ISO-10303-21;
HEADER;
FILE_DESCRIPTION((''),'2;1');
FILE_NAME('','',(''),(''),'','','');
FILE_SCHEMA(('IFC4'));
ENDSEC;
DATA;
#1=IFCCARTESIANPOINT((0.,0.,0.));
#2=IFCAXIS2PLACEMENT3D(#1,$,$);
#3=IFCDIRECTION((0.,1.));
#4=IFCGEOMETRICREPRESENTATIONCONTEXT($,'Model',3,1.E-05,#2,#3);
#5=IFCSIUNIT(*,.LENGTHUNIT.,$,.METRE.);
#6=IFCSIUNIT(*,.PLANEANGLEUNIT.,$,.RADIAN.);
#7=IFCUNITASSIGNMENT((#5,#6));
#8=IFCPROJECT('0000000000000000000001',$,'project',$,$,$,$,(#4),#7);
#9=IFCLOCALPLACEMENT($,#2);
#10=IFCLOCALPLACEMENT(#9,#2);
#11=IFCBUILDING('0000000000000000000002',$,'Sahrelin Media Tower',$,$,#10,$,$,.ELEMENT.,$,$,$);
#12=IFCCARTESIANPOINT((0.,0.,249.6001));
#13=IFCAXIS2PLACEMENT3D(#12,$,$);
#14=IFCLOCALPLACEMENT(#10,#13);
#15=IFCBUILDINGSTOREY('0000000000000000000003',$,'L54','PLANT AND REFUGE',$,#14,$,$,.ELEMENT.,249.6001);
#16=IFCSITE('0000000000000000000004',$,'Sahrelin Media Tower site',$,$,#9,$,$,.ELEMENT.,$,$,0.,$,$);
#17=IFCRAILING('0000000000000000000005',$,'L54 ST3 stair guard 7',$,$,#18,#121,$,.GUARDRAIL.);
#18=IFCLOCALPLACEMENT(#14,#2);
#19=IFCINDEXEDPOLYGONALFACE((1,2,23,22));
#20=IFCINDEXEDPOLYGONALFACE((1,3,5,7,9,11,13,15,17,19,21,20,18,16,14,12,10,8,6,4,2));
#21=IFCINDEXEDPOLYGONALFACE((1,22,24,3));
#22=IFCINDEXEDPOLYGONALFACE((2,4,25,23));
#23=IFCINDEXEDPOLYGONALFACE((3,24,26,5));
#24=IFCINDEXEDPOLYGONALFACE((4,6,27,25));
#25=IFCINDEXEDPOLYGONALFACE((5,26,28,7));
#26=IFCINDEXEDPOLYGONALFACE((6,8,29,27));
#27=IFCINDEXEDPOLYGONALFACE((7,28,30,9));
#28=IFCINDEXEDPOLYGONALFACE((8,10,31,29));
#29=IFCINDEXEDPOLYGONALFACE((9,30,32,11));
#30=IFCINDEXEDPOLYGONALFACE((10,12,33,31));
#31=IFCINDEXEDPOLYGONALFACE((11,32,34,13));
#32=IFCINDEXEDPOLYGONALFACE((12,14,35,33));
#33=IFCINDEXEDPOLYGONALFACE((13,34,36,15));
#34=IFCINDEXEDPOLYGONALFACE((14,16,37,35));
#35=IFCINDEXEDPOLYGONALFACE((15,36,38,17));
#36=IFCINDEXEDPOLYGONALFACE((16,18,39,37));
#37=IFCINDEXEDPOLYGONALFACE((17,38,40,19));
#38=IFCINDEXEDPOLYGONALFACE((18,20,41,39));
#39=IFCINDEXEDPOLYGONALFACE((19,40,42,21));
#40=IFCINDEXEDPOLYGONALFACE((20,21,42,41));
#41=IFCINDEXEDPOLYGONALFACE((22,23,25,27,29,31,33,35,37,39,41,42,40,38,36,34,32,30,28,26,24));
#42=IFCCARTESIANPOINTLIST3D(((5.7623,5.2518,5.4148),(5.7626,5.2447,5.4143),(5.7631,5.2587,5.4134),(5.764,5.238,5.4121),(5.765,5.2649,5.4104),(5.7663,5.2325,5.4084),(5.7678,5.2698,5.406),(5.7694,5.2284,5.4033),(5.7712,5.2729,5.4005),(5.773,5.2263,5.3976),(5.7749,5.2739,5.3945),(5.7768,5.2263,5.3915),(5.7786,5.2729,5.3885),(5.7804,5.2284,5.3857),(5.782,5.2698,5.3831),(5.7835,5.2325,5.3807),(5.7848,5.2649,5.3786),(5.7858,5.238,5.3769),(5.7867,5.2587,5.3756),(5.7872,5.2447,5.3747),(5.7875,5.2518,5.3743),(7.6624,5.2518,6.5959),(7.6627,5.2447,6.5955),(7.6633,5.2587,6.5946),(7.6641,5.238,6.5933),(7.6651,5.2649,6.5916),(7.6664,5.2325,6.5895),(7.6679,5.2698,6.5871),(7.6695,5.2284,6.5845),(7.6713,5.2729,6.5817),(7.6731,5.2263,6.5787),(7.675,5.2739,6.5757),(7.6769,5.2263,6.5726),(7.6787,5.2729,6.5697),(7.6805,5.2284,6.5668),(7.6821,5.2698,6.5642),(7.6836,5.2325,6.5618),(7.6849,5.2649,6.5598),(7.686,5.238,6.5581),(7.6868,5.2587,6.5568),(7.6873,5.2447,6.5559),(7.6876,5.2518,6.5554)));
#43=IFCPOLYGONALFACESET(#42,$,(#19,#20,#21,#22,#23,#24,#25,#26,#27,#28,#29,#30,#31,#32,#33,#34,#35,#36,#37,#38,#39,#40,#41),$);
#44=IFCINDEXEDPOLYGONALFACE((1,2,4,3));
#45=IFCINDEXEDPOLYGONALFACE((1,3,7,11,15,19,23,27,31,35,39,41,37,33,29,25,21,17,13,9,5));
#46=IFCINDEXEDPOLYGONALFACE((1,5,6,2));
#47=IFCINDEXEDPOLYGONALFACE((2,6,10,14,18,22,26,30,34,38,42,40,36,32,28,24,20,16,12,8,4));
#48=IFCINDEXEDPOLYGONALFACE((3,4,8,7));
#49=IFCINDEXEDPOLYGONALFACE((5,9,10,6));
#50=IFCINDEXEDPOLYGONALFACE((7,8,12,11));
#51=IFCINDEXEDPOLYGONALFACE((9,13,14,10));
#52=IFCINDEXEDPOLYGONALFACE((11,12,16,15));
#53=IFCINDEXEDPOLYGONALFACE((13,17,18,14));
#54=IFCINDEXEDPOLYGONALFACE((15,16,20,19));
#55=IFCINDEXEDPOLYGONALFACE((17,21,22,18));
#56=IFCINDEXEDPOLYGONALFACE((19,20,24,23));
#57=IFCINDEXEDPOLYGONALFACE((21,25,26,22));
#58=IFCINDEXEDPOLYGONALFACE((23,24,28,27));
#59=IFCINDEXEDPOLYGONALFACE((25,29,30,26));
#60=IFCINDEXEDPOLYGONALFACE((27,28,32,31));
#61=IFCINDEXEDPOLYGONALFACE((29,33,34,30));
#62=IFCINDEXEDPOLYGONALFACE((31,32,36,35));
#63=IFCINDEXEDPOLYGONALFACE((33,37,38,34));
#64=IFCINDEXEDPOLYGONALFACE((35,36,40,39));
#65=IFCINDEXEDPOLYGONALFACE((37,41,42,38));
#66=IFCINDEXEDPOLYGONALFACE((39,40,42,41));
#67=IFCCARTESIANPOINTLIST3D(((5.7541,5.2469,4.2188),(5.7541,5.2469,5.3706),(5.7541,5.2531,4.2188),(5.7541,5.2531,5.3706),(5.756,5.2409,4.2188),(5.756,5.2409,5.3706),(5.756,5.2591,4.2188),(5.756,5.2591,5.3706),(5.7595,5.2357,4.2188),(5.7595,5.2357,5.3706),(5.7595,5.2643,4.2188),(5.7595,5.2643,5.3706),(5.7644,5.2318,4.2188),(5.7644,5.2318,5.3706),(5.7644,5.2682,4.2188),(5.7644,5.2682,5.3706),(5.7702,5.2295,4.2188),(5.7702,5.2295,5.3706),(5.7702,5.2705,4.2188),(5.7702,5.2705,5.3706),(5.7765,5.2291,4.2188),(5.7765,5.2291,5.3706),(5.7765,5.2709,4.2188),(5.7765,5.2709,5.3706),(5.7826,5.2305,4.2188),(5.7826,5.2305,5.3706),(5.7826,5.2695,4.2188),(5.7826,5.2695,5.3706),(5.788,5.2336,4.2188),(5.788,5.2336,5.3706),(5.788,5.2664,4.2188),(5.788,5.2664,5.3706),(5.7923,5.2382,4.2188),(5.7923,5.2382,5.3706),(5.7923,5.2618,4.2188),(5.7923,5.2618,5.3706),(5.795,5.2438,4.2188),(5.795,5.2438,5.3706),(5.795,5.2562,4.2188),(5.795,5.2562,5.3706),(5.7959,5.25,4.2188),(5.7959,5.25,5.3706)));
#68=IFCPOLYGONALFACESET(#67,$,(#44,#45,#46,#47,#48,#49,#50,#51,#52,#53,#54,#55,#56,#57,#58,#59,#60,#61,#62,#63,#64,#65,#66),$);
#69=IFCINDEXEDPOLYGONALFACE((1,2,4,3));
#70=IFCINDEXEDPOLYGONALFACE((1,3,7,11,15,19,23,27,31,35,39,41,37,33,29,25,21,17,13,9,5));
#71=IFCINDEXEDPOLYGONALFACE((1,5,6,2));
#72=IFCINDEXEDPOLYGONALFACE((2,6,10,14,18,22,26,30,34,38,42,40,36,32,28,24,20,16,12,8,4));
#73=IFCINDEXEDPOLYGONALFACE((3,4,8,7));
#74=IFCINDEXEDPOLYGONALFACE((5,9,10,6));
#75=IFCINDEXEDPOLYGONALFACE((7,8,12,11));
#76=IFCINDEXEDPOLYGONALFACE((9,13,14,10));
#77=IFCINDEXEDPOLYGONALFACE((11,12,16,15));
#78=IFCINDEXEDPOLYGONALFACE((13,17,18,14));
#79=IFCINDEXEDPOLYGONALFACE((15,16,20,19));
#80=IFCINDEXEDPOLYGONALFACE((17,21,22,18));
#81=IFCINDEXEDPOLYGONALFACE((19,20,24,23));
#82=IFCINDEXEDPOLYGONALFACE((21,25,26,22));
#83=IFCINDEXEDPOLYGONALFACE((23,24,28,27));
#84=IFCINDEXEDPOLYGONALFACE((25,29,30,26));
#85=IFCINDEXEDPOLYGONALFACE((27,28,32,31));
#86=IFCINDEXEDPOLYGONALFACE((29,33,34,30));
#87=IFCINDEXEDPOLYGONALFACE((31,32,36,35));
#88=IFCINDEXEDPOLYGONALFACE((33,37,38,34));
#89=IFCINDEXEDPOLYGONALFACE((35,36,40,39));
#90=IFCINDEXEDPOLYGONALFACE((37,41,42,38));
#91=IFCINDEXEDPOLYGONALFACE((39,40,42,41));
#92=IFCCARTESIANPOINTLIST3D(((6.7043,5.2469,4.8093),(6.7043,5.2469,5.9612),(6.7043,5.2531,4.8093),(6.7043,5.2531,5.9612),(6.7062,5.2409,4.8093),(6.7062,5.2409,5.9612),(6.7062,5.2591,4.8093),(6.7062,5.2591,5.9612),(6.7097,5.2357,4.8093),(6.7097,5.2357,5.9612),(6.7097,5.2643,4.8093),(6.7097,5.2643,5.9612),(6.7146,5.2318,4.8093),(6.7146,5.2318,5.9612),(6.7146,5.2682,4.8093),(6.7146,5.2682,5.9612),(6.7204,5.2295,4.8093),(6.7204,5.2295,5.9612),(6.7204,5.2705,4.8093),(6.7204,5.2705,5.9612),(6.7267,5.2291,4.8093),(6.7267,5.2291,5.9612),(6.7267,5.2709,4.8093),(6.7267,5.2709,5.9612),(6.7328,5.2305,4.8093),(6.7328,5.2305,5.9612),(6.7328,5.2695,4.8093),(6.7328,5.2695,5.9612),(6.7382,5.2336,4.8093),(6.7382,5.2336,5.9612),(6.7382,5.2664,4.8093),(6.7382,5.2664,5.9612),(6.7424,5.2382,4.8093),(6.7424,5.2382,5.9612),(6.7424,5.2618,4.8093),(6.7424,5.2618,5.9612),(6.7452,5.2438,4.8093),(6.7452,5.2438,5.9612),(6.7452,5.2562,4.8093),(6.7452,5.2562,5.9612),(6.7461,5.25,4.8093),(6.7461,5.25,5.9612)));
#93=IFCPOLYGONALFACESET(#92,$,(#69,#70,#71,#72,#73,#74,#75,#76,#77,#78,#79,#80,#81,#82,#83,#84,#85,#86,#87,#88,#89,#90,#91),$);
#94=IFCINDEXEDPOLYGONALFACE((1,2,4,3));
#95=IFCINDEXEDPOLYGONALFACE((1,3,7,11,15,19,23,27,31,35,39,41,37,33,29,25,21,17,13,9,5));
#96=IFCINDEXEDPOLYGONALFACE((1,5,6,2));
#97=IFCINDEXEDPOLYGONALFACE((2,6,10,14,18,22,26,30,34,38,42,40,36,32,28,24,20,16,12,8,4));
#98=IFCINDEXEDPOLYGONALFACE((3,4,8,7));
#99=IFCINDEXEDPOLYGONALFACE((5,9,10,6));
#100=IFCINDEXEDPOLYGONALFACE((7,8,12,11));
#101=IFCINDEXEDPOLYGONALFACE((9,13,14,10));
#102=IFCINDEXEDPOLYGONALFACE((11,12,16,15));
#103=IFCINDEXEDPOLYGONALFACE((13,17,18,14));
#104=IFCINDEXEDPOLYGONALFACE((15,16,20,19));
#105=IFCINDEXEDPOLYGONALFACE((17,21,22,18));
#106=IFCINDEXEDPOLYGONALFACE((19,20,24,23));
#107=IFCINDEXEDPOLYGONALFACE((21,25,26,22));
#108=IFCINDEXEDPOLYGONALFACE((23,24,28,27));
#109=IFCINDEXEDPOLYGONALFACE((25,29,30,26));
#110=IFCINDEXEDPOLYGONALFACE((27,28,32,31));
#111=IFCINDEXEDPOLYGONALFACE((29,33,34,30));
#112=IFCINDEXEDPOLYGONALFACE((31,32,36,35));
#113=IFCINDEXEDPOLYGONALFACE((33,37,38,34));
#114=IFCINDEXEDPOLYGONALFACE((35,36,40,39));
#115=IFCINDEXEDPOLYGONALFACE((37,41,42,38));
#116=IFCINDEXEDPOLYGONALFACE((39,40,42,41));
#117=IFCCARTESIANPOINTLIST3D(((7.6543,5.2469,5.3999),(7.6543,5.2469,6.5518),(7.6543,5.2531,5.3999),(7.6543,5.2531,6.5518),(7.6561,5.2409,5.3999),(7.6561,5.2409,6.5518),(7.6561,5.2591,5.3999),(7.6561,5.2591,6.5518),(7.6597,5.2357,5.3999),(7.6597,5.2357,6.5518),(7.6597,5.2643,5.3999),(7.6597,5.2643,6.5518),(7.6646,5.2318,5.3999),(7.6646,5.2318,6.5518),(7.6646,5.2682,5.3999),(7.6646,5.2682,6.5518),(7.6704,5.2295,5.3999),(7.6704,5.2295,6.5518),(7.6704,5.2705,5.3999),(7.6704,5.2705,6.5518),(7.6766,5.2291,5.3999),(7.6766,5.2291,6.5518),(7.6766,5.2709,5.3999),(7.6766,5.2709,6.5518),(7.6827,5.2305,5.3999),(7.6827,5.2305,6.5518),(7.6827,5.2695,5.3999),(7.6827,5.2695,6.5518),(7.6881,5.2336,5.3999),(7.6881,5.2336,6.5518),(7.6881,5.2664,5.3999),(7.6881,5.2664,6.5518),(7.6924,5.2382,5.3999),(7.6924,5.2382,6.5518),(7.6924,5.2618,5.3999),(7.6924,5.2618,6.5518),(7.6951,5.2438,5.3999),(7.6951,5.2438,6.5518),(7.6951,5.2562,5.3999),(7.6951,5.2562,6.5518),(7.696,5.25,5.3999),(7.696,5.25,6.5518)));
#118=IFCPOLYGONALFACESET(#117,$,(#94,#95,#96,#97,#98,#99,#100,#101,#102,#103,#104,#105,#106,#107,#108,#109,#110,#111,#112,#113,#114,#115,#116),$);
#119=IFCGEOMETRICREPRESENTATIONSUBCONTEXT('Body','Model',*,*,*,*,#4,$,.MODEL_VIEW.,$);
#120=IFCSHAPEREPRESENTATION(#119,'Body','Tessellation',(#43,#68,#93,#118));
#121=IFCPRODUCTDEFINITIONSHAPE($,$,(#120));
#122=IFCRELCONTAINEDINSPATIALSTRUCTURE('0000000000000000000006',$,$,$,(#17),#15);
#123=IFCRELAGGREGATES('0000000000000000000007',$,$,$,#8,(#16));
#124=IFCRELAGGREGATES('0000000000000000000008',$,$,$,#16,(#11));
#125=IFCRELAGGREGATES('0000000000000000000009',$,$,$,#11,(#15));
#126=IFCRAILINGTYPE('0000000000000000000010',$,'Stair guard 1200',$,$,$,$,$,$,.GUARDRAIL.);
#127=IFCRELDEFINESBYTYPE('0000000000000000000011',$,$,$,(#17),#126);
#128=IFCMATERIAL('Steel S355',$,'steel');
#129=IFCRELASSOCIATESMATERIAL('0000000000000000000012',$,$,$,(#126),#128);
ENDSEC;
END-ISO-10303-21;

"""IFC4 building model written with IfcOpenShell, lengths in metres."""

from ifc_helpers import new_model, si_unit, direction, frame, origin, origin_2d, place, context, subcontext, project, spatial, circle, extrude, material, type_object, element, save


model = new_model("IFC4")

# Units and contexts
model_context = context("Model", 3, precision=1e-05, world=origin(), true_north=direction((0.0, 1.0)))
body_context = subcontext(model_context, "Body", "Model", "MODEL_VIEW")
ifc_project = project(units=[si_unit("LENGTHUNIT", "METRE"), si_unit("PLANEANGLEUNIT", "RADIAN")], contexts=[model_context])

# Site, building, storey
site_placement = place(None, origin())
site = spatial("IfcSite", under=ifc_project, at=site_placement, Name="Sahrelin Media Tower site", CompositionType="ELEMENT", RefElevation=0.0)
building_placement = place(site_placement, origin())
building = spatial("IfcBuilding", under=site, at=building_placement, Name="Sahrelin Media Tower", CompositionType="ELEMENT")
storey_placement = place(building_placement, frame((0.0, 0.0, 249.6001)))
storey = spatial("IfcBuildingStorey", under=building, at=storey_placement, Name="L54", Description="PLANT AND REFUGE", CompositionType="ELEMENT", Elevation=249.6001)

# Shared definitions
ifc_material_1 = material(Name="Steel S355", Category="steel")

# Railing
railing_type_1 = type_object("IfcRailingType", Name="Stair guard 1200", PredefinedType="GUARDRAIL", material=ifc_material_1)
railing_1_placement = place(storey_placement, frame((5.7749, 5.25, 4.2188)))
element("IfcRailing", 1, at=railing_1_placement, inside=storey, type_object=railing_type_1, Name="L54 ST3 stair guard 7", PredefinedType="GUARDRAIL", context=body_context, shape_type="SweptSolid", body=[
    extrude(circle(Radius=0.0239, at=origin_2d()), frame((0.0, 0.0, 1.1758), z_axis=(0.849289, 0.0, 0.527928), x_axis=(0.0, 1.0, 0.0)), (0.0, 0.0, 1.0), 2.2373),
    extrude(circle(Radius=0.021, at=origin_2d()), origin(), (0.0, 0.0, 1.0), 1.1519),
    extrude(circle(Radius=0.021, at=origin_2d()), frame((0.9502, 0.0, 0.5906)), (0.0, 0.0, 1.0), 1.1519),
    extrude(circle(Radius=0.021, at=origin_2d()), frame((1.9001, 0.0, 1.1812)), (0.0, 0.0, 1.0), 1.1519),
])

save(model, "model.ifc")
